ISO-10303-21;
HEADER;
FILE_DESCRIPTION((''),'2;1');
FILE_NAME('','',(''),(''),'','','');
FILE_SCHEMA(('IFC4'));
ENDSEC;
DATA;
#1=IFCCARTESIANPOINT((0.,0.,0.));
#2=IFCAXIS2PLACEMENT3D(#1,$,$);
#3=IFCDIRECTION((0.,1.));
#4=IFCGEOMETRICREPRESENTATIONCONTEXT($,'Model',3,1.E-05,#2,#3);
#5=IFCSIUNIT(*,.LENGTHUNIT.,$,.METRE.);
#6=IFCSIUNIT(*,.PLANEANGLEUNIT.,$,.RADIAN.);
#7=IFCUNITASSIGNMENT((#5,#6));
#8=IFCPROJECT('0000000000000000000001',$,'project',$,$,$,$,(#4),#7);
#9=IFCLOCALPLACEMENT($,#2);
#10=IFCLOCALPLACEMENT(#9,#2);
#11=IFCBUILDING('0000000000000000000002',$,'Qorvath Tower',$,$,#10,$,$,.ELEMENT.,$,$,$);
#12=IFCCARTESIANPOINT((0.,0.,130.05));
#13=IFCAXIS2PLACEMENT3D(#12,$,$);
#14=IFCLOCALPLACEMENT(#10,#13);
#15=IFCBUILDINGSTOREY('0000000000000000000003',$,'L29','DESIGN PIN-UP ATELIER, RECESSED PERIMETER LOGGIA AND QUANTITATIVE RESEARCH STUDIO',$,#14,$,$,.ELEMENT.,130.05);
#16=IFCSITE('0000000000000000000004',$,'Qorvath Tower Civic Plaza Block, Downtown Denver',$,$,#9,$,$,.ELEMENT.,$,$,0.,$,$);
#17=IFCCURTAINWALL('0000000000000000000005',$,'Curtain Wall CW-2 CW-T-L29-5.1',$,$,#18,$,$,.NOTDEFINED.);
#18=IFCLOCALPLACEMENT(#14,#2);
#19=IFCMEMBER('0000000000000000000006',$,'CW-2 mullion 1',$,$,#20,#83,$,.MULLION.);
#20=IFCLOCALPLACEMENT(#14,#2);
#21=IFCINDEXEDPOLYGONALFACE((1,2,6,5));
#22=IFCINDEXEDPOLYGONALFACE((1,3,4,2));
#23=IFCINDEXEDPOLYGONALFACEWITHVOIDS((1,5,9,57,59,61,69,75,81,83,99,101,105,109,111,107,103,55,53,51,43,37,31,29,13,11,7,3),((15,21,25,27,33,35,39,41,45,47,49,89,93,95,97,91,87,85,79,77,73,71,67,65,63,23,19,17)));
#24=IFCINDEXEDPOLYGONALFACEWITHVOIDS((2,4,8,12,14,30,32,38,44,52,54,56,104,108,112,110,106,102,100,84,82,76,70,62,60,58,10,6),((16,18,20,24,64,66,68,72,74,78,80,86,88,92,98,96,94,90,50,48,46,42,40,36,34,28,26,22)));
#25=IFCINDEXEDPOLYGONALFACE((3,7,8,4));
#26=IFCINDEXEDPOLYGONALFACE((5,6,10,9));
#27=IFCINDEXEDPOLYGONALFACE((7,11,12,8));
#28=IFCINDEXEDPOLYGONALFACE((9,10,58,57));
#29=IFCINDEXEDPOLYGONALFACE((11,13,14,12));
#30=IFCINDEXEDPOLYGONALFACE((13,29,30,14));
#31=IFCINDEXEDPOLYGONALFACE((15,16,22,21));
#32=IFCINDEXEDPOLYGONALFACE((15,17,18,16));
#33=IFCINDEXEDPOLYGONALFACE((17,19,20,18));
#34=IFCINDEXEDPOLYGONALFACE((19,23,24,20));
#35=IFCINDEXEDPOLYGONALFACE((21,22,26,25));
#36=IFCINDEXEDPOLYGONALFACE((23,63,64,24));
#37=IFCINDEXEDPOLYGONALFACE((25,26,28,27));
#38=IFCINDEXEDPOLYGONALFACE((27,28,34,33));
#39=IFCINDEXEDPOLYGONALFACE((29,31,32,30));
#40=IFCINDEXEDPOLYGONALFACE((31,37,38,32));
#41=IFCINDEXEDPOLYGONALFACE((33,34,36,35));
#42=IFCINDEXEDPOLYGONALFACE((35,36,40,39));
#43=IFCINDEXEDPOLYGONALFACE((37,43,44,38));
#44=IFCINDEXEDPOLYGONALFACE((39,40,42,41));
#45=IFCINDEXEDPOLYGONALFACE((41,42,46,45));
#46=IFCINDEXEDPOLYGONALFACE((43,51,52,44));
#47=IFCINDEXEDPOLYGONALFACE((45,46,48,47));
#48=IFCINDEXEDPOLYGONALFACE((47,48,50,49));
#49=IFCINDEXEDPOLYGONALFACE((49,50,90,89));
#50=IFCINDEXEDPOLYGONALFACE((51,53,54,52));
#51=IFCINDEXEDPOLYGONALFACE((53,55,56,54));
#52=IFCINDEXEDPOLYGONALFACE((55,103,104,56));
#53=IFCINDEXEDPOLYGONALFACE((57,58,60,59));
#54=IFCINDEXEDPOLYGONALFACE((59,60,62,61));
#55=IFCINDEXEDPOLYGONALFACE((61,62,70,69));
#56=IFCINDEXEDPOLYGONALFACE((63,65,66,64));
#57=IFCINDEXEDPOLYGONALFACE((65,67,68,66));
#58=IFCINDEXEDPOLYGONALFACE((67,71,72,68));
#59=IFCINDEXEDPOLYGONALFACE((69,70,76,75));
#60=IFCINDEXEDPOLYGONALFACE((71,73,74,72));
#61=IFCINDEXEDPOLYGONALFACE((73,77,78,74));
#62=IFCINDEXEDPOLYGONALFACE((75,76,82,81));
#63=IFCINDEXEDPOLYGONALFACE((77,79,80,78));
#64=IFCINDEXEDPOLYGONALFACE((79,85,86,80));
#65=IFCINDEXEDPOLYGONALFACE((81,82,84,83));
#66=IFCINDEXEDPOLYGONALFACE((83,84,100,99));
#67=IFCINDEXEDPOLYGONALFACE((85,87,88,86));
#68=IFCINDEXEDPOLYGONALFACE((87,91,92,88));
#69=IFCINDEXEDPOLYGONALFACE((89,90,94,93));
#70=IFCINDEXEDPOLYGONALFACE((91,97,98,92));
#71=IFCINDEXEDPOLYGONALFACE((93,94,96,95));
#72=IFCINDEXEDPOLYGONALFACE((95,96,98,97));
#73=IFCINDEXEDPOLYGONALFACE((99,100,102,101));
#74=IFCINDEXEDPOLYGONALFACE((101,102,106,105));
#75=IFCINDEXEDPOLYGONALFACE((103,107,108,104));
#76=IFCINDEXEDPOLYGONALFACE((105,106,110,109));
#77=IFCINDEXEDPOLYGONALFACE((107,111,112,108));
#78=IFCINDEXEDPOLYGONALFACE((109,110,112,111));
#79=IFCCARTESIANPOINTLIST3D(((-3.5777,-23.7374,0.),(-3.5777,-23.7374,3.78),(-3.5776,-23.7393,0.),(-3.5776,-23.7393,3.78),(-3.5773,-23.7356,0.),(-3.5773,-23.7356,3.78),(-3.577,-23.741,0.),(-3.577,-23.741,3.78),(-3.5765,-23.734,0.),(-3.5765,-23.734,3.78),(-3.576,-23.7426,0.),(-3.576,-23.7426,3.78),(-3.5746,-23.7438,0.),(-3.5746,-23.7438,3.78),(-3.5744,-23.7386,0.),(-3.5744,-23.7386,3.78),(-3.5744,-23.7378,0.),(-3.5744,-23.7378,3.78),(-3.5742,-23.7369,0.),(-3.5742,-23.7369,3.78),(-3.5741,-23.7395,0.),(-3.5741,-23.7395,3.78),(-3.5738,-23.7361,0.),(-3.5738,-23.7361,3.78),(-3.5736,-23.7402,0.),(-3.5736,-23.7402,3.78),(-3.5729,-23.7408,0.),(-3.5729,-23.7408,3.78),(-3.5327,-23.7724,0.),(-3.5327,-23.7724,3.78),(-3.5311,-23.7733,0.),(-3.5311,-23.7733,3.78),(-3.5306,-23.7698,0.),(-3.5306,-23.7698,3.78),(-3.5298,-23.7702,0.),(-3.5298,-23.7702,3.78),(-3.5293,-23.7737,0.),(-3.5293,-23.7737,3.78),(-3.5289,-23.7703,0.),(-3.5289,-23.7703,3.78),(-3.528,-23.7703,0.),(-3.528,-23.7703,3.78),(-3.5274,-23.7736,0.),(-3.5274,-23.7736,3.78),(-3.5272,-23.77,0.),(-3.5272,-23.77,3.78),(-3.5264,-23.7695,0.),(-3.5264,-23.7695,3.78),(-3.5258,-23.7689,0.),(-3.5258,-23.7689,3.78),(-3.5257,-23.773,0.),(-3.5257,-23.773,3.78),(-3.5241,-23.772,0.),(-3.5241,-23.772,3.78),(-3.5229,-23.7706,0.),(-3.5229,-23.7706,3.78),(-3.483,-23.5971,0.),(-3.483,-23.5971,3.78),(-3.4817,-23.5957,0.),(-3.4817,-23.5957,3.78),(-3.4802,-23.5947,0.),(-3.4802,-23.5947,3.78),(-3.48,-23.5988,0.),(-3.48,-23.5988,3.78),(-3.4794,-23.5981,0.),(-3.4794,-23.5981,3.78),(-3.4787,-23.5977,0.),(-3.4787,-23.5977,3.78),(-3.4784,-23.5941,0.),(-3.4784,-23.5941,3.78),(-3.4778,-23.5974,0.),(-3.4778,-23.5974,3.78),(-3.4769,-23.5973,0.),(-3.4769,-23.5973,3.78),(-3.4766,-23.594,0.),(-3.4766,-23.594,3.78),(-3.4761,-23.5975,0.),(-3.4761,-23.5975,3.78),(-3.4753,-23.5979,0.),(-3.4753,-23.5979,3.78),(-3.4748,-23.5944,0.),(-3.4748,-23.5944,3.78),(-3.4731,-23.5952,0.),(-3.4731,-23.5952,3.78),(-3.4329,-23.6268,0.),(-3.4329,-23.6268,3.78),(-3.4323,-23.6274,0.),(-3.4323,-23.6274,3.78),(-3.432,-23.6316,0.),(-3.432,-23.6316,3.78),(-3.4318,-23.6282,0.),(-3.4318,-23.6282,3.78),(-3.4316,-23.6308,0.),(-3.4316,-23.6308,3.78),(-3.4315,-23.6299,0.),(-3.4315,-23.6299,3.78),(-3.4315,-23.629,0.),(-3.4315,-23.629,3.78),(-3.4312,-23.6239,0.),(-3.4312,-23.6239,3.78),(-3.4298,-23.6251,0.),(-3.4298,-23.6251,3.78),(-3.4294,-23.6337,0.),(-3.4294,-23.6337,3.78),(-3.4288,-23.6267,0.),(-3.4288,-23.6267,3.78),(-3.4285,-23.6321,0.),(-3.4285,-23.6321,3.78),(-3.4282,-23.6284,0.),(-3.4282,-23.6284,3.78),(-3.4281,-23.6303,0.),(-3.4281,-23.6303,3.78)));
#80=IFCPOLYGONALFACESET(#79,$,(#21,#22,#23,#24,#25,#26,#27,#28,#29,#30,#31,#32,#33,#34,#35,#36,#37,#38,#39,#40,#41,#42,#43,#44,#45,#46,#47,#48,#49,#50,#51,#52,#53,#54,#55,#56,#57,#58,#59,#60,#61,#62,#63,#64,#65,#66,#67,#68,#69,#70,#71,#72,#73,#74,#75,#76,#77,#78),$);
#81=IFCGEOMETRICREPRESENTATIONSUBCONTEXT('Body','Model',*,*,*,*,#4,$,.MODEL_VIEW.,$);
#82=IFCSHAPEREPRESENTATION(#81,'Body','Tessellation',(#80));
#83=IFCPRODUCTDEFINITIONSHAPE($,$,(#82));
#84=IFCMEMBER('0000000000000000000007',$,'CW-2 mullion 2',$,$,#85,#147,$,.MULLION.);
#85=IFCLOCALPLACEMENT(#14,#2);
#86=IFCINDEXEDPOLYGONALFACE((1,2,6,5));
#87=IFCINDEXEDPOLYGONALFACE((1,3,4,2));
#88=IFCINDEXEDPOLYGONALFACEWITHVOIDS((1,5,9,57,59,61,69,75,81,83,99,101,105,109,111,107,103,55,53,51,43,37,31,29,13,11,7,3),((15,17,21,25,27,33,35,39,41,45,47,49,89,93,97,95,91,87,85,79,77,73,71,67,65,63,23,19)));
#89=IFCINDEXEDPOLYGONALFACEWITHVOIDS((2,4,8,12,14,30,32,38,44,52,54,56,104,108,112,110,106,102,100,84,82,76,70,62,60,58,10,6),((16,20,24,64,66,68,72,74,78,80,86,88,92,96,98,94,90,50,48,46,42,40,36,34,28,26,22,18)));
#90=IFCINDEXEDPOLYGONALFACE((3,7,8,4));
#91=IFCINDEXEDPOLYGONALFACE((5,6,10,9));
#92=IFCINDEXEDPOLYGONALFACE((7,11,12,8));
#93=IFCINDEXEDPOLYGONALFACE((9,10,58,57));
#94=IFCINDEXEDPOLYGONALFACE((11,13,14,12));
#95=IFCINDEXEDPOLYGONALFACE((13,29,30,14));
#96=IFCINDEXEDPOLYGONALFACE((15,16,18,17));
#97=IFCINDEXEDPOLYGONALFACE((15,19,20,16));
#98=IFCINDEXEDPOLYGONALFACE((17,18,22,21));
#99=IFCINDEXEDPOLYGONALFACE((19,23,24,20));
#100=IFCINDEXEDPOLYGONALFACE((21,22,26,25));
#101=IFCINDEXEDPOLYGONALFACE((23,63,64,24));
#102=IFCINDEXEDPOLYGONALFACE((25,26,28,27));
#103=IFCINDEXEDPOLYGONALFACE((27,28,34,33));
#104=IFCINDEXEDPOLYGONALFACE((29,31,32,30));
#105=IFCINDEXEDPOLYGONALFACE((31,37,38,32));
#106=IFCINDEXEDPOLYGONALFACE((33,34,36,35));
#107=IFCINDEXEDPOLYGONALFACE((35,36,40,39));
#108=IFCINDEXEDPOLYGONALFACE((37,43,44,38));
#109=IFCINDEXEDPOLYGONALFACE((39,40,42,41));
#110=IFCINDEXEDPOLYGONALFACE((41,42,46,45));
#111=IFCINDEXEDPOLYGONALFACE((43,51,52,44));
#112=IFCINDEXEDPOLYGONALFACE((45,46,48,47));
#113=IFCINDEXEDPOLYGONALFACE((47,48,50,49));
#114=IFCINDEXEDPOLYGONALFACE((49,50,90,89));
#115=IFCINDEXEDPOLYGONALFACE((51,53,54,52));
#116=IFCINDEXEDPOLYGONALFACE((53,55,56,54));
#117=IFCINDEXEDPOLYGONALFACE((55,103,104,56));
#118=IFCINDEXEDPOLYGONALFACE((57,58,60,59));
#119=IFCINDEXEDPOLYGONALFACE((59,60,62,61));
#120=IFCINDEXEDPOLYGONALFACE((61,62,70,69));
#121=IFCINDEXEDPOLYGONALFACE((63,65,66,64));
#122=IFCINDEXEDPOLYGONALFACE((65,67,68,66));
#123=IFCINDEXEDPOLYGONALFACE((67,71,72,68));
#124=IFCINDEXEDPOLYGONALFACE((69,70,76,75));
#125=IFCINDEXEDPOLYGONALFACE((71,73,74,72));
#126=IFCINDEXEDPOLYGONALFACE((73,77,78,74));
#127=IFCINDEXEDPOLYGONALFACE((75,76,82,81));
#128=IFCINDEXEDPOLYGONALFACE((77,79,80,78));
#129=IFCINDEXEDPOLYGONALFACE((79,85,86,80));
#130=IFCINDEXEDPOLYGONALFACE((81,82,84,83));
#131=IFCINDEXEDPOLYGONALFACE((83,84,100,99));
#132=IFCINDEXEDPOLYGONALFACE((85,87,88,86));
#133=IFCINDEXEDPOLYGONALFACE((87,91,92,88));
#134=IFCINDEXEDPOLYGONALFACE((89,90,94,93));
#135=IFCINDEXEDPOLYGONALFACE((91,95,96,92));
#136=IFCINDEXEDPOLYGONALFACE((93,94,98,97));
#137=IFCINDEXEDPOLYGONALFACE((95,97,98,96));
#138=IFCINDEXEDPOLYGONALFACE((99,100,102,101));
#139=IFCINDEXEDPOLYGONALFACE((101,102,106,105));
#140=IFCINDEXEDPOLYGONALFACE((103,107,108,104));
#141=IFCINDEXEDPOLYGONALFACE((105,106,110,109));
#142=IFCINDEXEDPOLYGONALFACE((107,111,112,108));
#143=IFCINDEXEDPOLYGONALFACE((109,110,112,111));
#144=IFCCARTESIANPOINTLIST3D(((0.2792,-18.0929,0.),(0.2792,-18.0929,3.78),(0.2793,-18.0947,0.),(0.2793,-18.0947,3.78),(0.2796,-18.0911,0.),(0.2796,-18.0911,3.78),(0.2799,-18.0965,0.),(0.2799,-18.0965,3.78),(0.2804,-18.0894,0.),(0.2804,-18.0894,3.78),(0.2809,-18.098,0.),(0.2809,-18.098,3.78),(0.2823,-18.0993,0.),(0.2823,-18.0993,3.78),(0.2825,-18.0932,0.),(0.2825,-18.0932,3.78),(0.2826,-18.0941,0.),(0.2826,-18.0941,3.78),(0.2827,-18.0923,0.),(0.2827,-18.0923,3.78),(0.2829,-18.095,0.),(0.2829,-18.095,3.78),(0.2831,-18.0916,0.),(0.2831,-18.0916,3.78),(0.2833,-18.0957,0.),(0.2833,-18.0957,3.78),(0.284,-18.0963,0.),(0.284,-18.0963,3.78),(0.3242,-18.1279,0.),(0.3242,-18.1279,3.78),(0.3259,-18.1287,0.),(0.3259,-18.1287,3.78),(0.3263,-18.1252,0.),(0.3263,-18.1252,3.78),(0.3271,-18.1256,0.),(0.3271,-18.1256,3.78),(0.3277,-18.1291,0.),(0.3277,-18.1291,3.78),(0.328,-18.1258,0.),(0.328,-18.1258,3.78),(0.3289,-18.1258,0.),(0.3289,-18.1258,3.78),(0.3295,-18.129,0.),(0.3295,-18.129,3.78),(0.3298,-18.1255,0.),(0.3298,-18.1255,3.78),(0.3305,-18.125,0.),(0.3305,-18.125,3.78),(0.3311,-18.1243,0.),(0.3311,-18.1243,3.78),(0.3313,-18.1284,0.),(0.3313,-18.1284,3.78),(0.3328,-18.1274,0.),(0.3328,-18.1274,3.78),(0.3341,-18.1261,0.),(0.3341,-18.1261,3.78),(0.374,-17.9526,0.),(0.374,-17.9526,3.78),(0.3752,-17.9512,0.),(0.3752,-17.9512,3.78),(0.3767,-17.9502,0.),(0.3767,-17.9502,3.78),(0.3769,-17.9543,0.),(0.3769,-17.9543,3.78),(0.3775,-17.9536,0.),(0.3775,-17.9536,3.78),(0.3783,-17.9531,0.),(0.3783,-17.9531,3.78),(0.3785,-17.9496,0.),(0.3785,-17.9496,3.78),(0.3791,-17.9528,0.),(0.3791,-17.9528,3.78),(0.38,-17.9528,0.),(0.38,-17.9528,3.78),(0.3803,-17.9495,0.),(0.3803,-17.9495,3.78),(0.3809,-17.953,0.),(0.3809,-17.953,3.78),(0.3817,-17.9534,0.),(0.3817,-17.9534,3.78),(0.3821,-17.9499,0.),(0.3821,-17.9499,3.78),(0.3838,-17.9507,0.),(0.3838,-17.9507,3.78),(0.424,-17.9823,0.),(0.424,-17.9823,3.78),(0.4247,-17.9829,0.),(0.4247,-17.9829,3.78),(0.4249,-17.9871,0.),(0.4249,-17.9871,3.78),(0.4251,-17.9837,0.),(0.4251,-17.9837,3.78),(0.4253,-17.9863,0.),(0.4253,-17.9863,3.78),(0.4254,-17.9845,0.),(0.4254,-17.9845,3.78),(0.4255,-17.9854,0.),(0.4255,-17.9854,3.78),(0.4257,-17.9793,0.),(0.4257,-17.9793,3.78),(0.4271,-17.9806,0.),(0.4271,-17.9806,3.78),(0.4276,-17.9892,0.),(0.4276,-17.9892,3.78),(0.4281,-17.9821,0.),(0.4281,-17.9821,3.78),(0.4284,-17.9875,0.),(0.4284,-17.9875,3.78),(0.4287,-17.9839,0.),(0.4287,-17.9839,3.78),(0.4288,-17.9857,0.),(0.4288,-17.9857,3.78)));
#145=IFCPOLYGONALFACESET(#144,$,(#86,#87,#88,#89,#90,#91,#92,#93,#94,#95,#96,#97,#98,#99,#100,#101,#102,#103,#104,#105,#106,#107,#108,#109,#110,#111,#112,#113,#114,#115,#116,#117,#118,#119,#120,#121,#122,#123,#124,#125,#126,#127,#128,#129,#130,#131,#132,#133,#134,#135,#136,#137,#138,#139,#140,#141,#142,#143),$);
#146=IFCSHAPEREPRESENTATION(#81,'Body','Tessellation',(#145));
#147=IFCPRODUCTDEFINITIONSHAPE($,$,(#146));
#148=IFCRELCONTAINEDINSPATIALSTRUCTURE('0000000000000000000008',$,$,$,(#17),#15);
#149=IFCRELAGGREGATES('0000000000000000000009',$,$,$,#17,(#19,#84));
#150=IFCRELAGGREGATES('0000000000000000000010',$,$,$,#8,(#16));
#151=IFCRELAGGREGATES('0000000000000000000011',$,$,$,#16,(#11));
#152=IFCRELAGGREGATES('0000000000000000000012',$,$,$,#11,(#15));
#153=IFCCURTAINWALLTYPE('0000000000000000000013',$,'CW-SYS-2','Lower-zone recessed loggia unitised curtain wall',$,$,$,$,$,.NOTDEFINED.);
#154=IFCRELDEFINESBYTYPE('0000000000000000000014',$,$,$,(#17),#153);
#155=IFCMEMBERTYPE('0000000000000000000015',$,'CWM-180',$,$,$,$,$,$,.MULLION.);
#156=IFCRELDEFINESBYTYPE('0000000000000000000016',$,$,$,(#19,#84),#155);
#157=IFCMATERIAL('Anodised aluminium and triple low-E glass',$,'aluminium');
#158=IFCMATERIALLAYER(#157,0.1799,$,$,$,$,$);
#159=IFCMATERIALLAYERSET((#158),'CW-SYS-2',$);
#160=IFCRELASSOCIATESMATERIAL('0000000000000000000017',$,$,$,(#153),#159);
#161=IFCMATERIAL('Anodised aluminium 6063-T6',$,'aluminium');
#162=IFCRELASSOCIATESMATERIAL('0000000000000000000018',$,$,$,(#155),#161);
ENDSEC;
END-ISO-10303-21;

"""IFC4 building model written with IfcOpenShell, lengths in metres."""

from ifc_helpers import new_model, si_unit, direction, frame, origin, origin_2d, place, context, subcontext, project, spatial, hollow_rectangle, extrude, material, layer, layer_set, material_profile, profile_set, type_object, element, aggregate, save


model = new_model("IFC4")

# Units and contexts
model_context = context("Model", 3, precision=1e-05, world=origin(), true_north=direction((0.0, 1.0)))
body_context = subcontext(model_context, "Body", "Model", "MODEL_VIEW")
ifc_project = project(units=[si_unit("LENGTHUNIT", "METRE"), si_unit("PLANEANGLEUNIT", "RADIAN")], contexts=[model_context])

# Site, building, storey
site_placement = place(None, origin())
site = spatial("IfcSite", under=ifc_project, at=site_placement, Name="Qorvath Tower Civic Plaza Block, Downtown Denver", CompositionType="ELEMENT", RefElevation=0.0)
building_placement = place(site_placement, origin())
building = spatial("IfcBuilding", under=site, at=building_placement, Name="Qorvath Tower", CompositionType="ELEMENT")
storey_placement = place(building_placement, frame((0.0, 0.0, 130.05)))
storey = spatial("IfcBuildingStorey", under=building, at=storey_placement, Name="L29", Description="DESIGN PIN-UP ATELIER, RECESSED PERIMETER LOGGIA AND QUANTITATIVE RESEARCH STUDIO", CompositionType="ELEMENT", Elevation=130.05)

# Curtain wall, members
ifc_material_1 = material(Name="Anodised aluminium and triple low-E glass", Category="aluminium")
ifc_layer_1 = layer(ifc_material_1, 0.1799)
ifc_layer_set_1 = layer_set([ifc_layer_1], Name="CW-SYS-2")
curtain_wall_type = type_object("IfcCurtainWallType", Name="CW-SYS-2", Description="Lower-zone recessed loggia unitised curtain wall", PredefinedType="NOTDEFINED", material=ifc_layer_set_1)
ifc_material_2 = material(Name="Anodised aluminium 6063-T6", Category="aluminium")
ifc_material_profile_1 = material_profile(ifc_material_2, hollow_rectangle(XDim=0.0649, YDim=0.1799, WallThickness=0.0034, InnerFilletRadius=0.0034, OuterFilletRadius=0.0071, at=origin_2d()), Name="CWM 180x65")
ifc_profile_set_1 = profile_set([ifc_material_profile_1], Name="Anodised aluminium 6063-T6")
member_type_1 = type_object("IfcMemberType", Name="CWM-180", PredefinedType="MULLION", material=ifc_profile_set_1)
curtain_wall_1_placement = place(storey_placement, origin())
curtain_wall_1 = element("IfcCurtainWall", 1, at=curtain_wall_1_placement, inside=storey, type_object=curtain_wall_type, Name="Curtain Wall CW-2 CW-T-L29-5.1", PredefinedType="NOTDEFINED")
member_1_placement = place(storey_placement, frame((-3.5029, -23.6838, 0.0), z_axis=(0.0, 0.0, 1.0), x_axis=(-0.825663, 0.564164, 0.0)))
member_1 = element("IfcMember", 2, at=member_1_placement, type_object=member_type_1, Name="CW-2 mullion 1", PredefinedType="MULLION", context=body_context, shape_type="SweptSolid", body=[
    extrude(hollow_rectangle(XDim=0.0649, YDim=0.1799, WallThickness=0.0034, InnerFilletRadius=0.0034, OuterFilletRadius=0.0071, at=origin_2d()), origin(), (0.0, 0.0, 1.0), 3.78),
])
member_2_placement = place(storey_placement, frame((0.354, -18.0393, 0.0), z_axis=(0.0, 0.0, 1.0), x_axis=(-0.825663, 0.564164, 0.0)))
member_2 = element("IfcMember", 3, at=member_2_placement, type_object=member_type_1, Name="CW-2 mullion 2", PredefinedType="MULLION", context=body_context, shape_type="SweptSolid", body=[
    extrude(hollow_rectangle(XDim=0.0649, YDim=0.1799, WallThickness=0.0034, InnerFilletRadius=0.0034, OuterFilletRadius=0.0071, at=origin_2d()), origin(), (0.0, 0.0, 1.0), 3.78),
])

aggregate(curtain_wall_1, [member_1, member_2])

save(model, "model.ifc")
